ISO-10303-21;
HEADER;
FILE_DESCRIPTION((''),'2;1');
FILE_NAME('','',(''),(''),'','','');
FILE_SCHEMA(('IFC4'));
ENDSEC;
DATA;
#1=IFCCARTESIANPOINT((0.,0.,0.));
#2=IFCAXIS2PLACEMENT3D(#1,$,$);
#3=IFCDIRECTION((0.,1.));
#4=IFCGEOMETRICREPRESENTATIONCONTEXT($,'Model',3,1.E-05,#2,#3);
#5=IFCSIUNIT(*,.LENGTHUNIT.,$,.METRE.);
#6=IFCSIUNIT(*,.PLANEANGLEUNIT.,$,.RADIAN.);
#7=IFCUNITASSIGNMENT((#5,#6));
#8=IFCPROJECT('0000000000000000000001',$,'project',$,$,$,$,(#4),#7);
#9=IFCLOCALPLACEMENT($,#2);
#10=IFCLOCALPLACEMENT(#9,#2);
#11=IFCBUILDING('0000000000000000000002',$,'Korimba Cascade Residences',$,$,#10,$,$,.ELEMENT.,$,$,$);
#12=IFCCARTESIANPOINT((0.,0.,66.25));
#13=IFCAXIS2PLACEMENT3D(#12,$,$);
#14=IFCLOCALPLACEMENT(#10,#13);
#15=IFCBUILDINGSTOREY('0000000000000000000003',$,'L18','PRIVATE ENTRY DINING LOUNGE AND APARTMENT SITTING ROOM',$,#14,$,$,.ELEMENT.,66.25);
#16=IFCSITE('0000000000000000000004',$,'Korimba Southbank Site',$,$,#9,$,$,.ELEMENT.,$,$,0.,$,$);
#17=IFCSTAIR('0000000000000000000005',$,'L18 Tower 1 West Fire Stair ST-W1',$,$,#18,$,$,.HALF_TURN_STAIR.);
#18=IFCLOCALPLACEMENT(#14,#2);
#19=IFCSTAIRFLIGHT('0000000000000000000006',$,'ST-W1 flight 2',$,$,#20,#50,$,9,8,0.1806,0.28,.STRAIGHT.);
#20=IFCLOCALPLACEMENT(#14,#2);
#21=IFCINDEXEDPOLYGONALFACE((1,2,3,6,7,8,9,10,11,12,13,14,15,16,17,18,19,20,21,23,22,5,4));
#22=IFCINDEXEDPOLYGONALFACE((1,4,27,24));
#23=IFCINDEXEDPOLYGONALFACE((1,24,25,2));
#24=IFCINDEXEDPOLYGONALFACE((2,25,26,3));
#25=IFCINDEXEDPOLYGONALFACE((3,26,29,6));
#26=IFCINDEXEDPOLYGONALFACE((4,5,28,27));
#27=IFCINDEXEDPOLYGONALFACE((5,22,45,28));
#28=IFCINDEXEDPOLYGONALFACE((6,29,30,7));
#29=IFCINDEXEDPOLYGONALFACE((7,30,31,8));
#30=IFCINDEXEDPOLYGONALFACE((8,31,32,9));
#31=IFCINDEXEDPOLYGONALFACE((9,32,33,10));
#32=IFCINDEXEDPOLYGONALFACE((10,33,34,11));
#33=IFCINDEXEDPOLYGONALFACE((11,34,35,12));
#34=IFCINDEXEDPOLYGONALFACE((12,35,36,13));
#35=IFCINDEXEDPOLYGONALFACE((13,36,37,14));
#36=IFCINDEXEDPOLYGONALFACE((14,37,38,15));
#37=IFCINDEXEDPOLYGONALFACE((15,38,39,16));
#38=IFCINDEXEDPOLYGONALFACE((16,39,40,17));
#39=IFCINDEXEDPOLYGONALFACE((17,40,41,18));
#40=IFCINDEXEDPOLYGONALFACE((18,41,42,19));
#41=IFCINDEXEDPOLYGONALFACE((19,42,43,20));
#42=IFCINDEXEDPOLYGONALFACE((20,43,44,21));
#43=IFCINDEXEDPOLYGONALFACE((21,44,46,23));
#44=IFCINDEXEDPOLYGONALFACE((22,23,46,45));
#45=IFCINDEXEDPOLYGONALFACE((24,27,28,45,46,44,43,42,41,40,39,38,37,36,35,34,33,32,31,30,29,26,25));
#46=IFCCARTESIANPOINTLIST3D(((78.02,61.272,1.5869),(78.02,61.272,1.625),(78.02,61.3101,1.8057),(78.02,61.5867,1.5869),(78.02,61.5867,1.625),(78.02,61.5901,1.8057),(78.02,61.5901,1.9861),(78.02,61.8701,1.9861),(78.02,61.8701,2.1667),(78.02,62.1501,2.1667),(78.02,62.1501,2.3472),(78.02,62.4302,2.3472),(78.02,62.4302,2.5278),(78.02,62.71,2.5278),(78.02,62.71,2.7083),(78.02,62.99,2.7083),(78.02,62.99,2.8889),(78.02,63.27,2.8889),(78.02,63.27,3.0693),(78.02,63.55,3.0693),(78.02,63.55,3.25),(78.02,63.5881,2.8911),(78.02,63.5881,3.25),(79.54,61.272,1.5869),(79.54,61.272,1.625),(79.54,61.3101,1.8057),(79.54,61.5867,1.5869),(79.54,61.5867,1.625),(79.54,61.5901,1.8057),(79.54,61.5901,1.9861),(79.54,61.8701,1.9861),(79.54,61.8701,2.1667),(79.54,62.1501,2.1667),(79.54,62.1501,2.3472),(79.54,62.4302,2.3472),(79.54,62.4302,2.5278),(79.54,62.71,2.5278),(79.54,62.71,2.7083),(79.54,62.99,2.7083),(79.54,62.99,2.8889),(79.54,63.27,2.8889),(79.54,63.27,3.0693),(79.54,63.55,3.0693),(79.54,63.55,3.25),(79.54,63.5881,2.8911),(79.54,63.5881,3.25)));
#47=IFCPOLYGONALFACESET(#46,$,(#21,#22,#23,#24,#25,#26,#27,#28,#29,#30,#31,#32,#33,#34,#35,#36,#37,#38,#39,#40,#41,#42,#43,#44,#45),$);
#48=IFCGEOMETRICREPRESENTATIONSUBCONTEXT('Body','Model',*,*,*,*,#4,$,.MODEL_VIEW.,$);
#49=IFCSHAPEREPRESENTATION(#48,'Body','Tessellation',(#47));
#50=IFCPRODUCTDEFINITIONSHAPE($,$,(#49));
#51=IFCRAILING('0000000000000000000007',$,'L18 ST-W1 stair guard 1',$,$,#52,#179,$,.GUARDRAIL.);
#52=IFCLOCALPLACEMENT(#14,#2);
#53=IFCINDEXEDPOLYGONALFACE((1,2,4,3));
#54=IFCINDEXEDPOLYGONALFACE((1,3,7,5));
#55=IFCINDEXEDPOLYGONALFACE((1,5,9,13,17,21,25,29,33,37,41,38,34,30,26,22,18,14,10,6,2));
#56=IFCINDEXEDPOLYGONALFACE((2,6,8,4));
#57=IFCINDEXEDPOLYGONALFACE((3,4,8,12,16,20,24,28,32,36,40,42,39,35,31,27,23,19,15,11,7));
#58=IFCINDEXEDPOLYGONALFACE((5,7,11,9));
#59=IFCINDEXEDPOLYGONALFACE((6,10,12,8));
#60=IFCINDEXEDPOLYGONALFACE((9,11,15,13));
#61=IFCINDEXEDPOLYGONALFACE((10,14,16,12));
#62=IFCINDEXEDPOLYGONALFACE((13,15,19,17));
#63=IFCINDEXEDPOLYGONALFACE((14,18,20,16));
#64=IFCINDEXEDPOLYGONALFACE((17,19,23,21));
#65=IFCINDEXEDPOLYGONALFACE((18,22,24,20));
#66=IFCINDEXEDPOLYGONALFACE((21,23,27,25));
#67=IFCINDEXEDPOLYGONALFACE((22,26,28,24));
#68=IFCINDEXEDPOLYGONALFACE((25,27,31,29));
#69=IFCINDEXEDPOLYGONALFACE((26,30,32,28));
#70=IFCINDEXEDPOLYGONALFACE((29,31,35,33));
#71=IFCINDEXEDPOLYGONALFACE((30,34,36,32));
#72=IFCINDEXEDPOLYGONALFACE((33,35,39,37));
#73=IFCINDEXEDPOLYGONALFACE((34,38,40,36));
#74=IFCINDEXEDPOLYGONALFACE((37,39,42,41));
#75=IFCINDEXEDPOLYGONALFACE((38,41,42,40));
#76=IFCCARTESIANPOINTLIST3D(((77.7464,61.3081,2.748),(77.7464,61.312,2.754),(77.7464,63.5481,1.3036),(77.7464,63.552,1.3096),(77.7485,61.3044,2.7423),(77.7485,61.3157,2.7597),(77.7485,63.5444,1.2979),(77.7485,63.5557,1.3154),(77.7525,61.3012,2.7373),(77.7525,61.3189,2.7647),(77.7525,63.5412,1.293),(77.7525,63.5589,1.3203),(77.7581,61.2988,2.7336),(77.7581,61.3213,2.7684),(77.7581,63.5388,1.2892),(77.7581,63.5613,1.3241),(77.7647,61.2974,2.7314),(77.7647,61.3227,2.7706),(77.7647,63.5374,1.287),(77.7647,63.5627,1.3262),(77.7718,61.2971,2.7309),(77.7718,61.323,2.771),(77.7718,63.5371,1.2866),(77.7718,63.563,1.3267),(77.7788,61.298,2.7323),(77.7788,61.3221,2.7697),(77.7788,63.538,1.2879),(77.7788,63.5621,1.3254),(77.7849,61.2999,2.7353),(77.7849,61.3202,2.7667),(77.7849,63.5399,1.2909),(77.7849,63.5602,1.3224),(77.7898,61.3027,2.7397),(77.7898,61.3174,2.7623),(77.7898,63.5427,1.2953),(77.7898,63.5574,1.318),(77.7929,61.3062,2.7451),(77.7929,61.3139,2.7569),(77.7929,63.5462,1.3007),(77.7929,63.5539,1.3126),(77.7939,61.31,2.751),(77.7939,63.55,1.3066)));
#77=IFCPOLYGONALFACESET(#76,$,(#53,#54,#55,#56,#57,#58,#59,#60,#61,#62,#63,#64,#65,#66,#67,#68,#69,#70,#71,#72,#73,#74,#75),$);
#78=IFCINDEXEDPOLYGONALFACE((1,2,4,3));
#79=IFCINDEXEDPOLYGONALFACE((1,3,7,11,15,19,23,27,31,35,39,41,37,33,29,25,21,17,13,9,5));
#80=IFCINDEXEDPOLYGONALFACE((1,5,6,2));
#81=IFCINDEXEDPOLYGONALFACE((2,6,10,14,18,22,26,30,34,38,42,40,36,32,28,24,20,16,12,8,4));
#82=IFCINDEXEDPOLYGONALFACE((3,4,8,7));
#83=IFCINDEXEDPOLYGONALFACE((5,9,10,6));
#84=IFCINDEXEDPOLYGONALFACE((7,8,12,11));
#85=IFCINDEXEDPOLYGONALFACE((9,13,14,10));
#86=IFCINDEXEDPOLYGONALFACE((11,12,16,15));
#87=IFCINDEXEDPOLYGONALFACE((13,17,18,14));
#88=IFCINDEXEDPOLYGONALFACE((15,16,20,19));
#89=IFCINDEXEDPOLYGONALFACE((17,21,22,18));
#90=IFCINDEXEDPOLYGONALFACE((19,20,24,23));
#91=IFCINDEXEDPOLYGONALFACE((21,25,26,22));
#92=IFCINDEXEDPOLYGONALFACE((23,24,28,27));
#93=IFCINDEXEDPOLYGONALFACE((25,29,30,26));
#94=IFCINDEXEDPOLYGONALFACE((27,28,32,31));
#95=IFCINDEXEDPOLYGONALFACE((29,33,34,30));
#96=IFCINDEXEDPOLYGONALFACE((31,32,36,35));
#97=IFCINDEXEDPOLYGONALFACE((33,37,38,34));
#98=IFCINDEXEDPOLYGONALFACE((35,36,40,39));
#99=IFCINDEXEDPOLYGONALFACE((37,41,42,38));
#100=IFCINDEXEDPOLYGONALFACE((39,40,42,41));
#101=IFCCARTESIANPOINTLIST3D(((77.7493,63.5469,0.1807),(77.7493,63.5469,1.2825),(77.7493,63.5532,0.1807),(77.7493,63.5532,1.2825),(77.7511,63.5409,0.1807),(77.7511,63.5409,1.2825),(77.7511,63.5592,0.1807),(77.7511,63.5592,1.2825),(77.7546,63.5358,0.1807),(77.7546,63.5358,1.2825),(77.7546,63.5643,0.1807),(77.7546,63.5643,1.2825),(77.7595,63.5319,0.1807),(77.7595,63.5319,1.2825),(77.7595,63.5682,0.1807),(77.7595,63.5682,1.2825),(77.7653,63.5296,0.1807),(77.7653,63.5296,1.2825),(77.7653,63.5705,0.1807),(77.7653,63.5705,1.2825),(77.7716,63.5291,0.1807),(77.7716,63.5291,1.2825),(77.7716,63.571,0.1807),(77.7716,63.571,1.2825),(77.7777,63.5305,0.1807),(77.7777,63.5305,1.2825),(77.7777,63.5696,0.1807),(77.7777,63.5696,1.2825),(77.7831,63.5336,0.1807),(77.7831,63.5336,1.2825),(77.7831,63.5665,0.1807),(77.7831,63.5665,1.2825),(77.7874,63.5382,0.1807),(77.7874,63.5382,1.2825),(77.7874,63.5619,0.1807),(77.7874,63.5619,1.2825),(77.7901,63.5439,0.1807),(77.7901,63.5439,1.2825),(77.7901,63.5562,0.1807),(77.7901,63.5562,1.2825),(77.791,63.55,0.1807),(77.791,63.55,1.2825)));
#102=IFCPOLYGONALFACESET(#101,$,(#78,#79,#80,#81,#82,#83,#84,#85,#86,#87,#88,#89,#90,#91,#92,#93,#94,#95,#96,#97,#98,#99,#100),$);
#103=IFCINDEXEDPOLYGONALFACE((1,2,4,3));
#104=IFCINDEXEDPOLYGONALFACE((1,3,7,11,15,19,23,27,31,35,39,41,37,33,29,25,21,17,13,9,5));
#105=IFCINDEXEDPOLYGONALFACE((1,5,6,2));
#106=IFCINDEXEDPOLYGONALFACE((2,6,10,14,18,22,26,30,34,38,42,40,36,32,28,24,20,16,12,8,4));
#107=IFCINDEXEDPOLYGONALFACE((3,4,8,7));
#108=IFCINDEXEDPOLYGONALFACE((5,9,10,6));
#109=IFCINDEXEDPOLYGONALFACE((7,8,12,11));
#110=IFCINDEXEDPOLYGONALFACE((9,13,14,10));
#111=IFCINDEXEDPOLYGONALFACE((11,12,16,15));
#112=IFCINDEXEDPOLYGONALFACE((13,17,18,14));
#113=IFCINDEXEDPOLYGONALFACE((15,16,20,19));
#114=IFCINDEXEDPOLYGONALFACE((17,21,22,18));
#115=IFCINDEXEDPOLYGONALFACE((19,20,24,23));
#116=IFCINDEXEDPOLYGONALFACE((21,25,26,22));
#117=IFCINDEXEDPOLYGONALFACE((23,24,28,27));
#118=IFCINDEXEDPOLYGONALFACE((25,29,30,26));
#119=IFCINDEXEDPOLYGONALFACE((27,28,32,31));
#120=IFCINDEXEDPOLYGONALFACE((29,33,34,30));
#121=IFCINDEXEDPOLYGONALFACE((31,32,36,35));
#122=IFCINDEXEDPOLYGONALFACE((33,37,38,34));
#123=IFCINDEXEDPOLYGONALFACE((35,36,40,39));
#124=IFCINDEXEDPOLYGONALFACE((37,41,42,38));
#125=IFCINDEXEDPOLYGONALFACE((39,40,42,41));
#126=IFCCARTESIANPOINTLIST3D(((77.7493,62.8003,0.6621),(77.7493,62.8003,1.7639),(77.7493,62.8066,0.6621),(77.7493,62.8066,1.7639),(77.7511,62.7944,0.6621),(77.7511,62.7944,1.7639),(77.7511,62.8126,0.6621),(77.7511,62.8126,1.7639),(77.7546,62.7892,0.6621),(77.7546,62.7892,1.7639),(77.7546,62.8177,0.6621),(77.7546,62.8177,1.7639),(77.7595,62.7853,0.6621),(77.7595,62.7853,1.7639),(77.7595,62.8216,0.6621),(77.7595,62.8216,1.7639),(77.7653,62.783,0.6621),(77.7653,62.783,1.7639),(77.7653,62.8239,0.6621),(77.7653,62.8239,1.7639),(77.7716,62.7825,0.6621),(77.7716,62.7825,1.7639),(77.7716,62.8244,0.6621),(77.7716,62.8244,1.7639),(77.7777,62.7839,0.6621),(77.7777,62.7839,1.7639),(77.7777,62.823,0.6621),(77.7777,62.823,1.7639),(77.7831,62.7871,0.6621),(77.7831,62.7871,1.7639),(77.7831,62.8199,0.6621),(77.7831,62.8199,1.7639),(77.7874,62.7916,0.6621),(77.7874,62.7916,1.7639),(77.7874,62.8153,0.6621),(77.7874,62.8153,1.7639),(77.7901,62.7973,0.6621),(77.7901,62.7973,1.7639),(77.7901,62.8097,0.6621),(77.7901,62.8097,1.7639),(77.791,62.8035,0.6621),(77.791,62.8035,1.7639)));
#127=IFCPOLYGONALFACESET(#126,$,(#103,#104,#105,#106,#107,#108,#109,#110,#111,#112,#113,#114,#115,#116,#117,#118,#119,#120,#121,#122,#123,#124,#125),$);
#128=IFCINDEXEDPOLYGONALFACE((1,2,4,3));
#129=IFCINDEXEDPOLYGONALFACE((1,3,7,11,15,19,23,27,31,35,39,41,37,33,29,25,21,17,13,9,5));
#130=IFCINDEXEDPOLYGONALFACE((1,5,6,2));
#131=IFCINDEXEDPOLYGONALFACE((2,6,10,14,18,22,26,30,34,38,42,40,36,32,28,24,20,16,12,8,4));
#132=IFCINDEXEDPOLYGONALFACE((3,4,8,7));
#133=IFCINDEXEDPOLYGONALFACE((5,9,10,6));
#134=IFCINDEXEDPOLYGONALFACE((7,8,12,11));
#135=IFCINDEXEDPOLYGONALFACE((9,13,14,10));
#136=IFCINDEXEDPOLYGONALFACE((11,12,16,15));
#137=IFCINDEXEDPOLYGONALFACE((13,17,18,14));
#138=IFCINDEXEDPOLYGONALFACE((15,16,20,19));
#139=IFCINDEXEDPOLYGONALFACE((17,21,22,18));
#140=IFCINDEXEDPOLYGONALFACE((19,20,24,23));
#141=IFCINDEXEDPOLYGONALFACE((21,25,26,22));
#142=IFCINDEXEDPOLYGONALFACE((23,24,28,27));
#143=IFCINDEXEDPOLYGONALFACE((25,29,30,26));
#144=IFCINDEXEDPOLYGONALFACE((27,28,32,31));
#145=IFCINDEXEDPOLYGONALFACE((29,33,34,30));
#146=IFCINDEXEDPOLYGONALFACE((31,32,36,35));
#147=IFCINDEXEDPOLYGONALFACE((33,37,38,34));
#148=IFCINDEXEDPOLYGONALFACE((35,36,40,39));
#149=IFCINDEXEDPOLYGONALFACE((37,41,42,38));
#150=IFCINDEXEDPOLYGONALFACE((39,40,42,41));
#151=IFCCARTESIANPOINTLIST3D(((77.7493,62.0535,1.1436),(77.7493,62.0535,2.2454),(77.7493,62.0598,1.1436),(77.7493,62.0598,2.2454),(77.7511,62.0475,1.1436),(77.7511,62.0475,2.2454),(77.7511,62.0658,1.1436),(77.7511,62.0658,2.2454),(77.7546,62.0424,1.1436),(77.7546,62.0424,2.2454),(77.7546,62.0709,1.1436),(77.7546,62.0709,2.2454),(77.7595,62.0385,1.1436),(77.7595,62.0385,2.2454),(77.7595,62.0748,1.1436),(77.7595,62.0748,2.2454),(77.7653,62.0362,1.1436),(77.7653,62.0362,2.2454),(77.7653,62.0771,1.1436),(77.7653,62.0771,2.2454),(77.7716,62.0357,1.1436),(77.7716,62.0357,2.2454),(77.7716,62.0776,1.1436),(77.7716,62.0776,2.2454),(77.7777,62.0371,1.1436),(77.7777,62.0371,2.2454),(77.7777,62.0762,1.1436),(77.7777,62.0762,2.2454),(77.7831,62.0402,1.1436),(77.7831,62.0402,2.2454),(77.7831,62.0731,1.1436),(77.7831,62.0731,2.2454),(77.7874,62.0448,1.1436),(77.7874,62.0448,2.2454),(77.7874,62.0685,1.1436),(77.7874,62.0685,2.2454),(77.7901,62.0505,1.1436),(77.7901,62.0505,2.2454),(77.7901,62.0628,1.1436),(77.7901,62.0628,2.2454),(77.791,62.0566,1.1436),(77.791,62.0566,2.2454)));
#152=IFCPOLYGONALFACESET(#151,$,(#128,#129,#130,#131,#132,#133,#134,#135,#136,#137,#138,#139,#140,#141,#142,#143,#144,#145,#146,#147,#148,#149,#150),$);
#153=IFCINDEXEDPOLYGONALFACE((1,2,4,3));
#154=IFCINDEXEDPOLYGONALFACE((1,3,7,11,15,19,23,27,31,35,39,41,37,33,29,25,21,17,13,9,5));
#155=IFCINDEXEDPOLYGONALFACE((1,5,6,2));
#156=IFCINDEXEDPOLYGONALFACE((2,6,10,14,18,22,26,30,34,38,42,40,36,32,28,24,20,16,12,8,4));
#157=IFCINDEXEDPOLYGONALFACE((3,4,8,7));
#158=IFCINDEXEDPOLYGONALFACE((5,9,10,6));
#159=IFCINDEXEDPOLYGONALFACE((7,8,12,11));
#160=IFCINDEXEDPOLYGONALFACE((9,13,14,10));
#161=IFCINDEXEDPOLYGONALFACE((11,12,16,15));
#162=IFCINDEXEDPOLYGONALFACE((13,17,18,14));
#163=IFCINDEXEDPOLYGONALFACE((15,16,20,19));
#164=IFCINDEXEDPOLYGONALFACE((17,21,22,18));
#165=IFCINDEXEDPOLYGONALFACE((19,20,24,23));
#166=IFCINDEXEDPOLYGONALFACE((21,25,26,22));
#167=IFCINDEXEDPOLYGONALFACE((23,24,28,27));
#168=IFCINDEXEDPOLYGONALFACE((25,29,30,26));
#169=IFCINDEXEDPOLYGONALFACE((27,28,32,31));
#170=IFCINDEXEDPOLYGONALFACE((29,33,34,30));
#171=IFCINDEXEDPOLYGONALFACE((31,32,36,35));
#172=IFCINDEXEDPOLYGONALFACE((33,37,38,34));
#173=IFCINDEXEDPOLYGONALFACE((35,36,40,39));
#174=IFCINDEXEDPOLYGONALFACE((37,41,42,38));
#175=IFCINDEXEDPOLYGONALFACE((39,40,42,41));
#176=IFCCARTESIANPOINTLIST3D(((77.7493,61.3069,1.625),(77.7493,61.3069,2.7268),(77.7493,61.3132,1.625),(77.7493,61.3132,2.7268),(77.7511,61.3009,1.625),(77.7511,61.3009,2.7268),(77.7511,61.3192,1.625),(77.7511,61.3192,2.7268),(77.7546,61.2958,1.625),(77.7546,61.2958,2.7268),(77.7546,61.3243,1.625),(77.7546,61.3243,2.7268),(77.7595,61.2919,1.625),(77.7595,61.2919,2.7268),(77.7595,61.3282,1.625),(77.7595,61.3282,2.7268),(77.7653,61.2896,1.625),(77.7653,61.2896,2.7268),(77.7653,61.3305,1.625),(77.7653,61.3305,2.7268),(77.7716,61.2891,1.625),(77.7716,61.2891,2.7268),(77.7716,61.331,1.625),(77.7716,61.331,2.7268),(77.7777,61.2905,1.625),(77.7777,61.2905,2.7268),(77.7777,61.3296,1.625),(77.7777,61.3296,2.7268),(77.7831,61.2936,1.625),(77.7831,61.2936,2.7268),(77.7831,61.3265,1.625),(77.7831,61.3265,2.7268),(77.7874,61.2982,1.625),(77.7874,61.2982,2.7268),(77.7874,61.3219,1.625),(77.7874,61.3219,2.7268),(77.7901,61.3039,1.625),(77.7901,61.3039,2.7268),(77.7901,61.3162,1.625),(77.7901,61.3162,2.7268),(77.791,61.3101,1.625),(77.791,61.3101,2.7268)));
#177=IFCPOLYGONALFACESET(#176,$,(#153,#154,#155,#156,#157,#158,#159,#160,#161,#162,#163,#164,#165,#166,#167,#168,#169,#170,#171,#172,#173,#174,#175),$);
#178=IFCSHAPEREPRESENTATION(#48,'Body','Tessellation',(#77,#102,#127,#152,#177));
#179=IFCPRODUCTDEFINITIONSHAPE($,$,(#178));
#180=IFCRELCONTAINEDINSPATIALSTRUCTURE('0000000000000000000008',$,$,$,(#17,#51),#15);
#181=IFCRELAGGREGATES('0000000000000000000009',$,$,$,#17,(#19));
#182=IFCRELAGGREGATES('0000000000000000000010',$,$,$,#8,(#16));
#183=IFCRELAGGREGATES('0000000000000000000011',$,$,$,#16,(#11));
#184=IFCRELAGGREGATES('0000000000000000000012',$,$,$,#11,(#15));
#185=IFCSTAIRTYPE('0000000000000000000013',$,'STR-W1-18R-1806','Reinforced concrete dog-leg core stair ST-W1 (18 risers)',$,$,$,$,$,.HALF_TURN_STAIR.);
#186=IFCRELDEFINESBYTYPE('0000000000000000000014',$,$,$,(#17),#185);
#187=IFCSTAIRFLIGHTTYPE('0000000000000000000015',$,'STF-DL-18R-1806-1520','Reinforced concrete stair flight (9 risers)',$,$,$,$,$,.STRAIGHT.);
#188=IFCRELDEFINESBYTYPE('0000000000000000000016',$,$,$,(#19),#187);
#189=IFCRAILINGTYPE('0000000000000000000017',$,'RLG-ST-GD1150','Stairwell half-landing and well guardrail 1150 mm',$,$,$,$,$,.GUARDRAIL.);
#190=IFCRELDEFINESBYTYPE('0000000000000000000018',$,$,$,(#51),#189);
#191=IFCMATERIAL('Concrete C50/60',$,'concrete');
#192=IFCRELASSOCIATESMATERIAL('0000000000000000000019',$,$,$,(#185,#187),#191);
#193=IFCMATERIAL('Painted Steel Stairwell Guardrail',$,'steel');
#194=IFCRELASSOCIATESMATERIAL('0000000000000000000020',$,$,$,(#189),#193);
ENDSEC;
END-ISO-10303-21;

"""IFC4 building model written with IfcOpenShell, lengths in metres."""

from ifc_helpers import new_model, si_unit, direction, frame, origin, origin_2d, place, context, subcontext, project, spatial, polyline, circle, outline, extrude, material, type_object, element, aggregate, save


model = new_model("IFC4")

# Units and contexts
model_context = context("Model", 3, precision=1e-05, world=origin(), true_north=direction((0.0, 1.0)))
body_context = subcontext(model_context, "Body", "Model", "MODEL_VIEW")
ifc_project = project(units=[si_unit("LENGTHUNIT", "METRE"), si_unit("PLANEANGLEUNIT", "RADIAN")], contexts=[model_context])

# Site, building, storey
site_placement = place(None, origin())
site = spatial("IfcSite", under=ifc_project, at=site_placement, Name="Korimba Southbank Site", CompositionType="ELEMENT", RefElevation=0.0)
building_placement = place(site_placement, origin())
building = spatial("IfcBuilding", under=site, at=building_placement, Name="Korimba Cascade Residences", CompositionType="ELEMENT")
storey_placement = place(building_placement, frame((0.0, 0.0, 66.25)))
storey = spatial("IfcBuildingStorey", under=building, at=storey_placement, Name="L18", Description="PRIVATE ENTRY DINING LOUNGE AND APARTMENT SITTING ROOM", CompositionType="ELEMENT", Elevation=66.25)

# Stair, stair flight
ifc_material_1 = material(Name="Concrete C50/60", Category="concrete")
stair_type = type_object("IfcStairType", Name="STR-W1-18R-1806", Description="Reinforced concrete dog-leg core stair ST-W1 (18 risers)", PredefinedType="HALF_TURN_STAIR", material=ifc_material_1)
stair_placement = place(storey_placement, origin())
stair = element("IfcStair", 1, at=stair_placement, inside=storey, type_object=stair_type, Name="L18 Tower 1 West Fire Stair ST-W1", PredefinedType="HALF_TURN_STAIR")
stair_flight_type = type_object("IfcStairFlightType", Name="STF-DL-18R-1806-1520", Description="Reinforced concrete stair flight (9 risers)", PredefinedType="STRAIGHT", material=ifc_material_1)
stair_flight_placement = place(storey_placement, frame((78.78, 61.3101, 1.625), z_axis=(0.0, 0.0, 1.0), x_axis=(0.0, 1.0, 0.0)))
stair_flight = element("IfcStairFlight", 2, at=stair_flight_placement, type_object=stair_flight_type, Name="ST-W1 flight 2", NumberOfRisers=9, NumberOfTreads=8, PredefinedType="STRAIGHT", RiserHeight=0.1806, TreadLength=0.28, context=body_context, shape_type="SweptSolid", body=[
    extrude(outline(polyline([(-0.0381, 0.0), (0.0, 0.1807), (0.28, 0.1807), (0.28, 0.3611), (0.5601, 0.3611), (0.5601, 0.5417), (0.8401, 0.5417), (0.8401, 0.7222), (1.1201, 0.7222), (1.1201, 0.9028), (1.3999, 0.9028), (1.3999, 1.0833), (1.6799, 1.0833), (1.6799, 1.2639), (1.96, 1.2639), (1.96, 1.4443), (2.24, 1.4443), (2.24, 1.625), (2.2781, 1.625), (2.2781, 1.2661), (0.2766, 0.0), (0.2766, -0.0381), (-0.0381, -0.0381), (-0.0381, 0.0)])), frame((0.0, 0.76, 0.0), z_axis=(0.0, -1.0, 0.0), x_axis=(1.0, 0.0, 0.0)), (0.0, 0.0, 1.0), 1.52),
])
aggregate(stair, [stair_flight])

# Railing
ifc_material_2 = material(Name="Painted Steel Stairwell Guardrail", Category="steel")
railing_type_1 = type_object("IfcRailingType", Name="RLG-ST-GD1150", Description="Stairwell half-landing and well guardrail 1150 mm", PredefinedType="GUARDRAIL", material=ifc_material_2)
railing_1_placement = place(storey_placement, frame((77.77, 63.55, 0.1807)))
element("IfcRailing", 3, at=railing_1_placement, inside=storey, type_object=railing_type_1, Name="L18 ST-W1 stair guard 1", PredefinedType="GUARDRAIL", context=body_context, shape_type="SweptSolid", body=[
    extrude(circle(Radius=0.0239, at=origin_2d()), frame((0.0, 0.0, 1.126), z_axis=(0.0, -0.840437, 0.54191), x_axis=(1.0, 0.0, 0.0)), (0.0, 0.0, 1.0), 2.6653),
    extrude(circle(Radius=0.021, at=origin_2d()), origin(), (0.0, 0.0, 1.0), 1.1018),
    extrude(circle(Radius=0.021, at=origin_2d()), frame((0.0, -0.7466, 0.4814)), (0.0, 0.0, 1.0), 1.1018),
    extrude(circle(Radius=0.021, at=origin_2d()), frame((0.0, -1.4934, 0.9629)), (0.0, 0.0, 1.0), 1.1018),
    extrude(circle(Radius=0.021, at=origin_2d()), frame((0.0, -2.24, 1.4443)), (0.0, 0.0, 1.0), 1.1018),
])

save(model, "model.ifc")
